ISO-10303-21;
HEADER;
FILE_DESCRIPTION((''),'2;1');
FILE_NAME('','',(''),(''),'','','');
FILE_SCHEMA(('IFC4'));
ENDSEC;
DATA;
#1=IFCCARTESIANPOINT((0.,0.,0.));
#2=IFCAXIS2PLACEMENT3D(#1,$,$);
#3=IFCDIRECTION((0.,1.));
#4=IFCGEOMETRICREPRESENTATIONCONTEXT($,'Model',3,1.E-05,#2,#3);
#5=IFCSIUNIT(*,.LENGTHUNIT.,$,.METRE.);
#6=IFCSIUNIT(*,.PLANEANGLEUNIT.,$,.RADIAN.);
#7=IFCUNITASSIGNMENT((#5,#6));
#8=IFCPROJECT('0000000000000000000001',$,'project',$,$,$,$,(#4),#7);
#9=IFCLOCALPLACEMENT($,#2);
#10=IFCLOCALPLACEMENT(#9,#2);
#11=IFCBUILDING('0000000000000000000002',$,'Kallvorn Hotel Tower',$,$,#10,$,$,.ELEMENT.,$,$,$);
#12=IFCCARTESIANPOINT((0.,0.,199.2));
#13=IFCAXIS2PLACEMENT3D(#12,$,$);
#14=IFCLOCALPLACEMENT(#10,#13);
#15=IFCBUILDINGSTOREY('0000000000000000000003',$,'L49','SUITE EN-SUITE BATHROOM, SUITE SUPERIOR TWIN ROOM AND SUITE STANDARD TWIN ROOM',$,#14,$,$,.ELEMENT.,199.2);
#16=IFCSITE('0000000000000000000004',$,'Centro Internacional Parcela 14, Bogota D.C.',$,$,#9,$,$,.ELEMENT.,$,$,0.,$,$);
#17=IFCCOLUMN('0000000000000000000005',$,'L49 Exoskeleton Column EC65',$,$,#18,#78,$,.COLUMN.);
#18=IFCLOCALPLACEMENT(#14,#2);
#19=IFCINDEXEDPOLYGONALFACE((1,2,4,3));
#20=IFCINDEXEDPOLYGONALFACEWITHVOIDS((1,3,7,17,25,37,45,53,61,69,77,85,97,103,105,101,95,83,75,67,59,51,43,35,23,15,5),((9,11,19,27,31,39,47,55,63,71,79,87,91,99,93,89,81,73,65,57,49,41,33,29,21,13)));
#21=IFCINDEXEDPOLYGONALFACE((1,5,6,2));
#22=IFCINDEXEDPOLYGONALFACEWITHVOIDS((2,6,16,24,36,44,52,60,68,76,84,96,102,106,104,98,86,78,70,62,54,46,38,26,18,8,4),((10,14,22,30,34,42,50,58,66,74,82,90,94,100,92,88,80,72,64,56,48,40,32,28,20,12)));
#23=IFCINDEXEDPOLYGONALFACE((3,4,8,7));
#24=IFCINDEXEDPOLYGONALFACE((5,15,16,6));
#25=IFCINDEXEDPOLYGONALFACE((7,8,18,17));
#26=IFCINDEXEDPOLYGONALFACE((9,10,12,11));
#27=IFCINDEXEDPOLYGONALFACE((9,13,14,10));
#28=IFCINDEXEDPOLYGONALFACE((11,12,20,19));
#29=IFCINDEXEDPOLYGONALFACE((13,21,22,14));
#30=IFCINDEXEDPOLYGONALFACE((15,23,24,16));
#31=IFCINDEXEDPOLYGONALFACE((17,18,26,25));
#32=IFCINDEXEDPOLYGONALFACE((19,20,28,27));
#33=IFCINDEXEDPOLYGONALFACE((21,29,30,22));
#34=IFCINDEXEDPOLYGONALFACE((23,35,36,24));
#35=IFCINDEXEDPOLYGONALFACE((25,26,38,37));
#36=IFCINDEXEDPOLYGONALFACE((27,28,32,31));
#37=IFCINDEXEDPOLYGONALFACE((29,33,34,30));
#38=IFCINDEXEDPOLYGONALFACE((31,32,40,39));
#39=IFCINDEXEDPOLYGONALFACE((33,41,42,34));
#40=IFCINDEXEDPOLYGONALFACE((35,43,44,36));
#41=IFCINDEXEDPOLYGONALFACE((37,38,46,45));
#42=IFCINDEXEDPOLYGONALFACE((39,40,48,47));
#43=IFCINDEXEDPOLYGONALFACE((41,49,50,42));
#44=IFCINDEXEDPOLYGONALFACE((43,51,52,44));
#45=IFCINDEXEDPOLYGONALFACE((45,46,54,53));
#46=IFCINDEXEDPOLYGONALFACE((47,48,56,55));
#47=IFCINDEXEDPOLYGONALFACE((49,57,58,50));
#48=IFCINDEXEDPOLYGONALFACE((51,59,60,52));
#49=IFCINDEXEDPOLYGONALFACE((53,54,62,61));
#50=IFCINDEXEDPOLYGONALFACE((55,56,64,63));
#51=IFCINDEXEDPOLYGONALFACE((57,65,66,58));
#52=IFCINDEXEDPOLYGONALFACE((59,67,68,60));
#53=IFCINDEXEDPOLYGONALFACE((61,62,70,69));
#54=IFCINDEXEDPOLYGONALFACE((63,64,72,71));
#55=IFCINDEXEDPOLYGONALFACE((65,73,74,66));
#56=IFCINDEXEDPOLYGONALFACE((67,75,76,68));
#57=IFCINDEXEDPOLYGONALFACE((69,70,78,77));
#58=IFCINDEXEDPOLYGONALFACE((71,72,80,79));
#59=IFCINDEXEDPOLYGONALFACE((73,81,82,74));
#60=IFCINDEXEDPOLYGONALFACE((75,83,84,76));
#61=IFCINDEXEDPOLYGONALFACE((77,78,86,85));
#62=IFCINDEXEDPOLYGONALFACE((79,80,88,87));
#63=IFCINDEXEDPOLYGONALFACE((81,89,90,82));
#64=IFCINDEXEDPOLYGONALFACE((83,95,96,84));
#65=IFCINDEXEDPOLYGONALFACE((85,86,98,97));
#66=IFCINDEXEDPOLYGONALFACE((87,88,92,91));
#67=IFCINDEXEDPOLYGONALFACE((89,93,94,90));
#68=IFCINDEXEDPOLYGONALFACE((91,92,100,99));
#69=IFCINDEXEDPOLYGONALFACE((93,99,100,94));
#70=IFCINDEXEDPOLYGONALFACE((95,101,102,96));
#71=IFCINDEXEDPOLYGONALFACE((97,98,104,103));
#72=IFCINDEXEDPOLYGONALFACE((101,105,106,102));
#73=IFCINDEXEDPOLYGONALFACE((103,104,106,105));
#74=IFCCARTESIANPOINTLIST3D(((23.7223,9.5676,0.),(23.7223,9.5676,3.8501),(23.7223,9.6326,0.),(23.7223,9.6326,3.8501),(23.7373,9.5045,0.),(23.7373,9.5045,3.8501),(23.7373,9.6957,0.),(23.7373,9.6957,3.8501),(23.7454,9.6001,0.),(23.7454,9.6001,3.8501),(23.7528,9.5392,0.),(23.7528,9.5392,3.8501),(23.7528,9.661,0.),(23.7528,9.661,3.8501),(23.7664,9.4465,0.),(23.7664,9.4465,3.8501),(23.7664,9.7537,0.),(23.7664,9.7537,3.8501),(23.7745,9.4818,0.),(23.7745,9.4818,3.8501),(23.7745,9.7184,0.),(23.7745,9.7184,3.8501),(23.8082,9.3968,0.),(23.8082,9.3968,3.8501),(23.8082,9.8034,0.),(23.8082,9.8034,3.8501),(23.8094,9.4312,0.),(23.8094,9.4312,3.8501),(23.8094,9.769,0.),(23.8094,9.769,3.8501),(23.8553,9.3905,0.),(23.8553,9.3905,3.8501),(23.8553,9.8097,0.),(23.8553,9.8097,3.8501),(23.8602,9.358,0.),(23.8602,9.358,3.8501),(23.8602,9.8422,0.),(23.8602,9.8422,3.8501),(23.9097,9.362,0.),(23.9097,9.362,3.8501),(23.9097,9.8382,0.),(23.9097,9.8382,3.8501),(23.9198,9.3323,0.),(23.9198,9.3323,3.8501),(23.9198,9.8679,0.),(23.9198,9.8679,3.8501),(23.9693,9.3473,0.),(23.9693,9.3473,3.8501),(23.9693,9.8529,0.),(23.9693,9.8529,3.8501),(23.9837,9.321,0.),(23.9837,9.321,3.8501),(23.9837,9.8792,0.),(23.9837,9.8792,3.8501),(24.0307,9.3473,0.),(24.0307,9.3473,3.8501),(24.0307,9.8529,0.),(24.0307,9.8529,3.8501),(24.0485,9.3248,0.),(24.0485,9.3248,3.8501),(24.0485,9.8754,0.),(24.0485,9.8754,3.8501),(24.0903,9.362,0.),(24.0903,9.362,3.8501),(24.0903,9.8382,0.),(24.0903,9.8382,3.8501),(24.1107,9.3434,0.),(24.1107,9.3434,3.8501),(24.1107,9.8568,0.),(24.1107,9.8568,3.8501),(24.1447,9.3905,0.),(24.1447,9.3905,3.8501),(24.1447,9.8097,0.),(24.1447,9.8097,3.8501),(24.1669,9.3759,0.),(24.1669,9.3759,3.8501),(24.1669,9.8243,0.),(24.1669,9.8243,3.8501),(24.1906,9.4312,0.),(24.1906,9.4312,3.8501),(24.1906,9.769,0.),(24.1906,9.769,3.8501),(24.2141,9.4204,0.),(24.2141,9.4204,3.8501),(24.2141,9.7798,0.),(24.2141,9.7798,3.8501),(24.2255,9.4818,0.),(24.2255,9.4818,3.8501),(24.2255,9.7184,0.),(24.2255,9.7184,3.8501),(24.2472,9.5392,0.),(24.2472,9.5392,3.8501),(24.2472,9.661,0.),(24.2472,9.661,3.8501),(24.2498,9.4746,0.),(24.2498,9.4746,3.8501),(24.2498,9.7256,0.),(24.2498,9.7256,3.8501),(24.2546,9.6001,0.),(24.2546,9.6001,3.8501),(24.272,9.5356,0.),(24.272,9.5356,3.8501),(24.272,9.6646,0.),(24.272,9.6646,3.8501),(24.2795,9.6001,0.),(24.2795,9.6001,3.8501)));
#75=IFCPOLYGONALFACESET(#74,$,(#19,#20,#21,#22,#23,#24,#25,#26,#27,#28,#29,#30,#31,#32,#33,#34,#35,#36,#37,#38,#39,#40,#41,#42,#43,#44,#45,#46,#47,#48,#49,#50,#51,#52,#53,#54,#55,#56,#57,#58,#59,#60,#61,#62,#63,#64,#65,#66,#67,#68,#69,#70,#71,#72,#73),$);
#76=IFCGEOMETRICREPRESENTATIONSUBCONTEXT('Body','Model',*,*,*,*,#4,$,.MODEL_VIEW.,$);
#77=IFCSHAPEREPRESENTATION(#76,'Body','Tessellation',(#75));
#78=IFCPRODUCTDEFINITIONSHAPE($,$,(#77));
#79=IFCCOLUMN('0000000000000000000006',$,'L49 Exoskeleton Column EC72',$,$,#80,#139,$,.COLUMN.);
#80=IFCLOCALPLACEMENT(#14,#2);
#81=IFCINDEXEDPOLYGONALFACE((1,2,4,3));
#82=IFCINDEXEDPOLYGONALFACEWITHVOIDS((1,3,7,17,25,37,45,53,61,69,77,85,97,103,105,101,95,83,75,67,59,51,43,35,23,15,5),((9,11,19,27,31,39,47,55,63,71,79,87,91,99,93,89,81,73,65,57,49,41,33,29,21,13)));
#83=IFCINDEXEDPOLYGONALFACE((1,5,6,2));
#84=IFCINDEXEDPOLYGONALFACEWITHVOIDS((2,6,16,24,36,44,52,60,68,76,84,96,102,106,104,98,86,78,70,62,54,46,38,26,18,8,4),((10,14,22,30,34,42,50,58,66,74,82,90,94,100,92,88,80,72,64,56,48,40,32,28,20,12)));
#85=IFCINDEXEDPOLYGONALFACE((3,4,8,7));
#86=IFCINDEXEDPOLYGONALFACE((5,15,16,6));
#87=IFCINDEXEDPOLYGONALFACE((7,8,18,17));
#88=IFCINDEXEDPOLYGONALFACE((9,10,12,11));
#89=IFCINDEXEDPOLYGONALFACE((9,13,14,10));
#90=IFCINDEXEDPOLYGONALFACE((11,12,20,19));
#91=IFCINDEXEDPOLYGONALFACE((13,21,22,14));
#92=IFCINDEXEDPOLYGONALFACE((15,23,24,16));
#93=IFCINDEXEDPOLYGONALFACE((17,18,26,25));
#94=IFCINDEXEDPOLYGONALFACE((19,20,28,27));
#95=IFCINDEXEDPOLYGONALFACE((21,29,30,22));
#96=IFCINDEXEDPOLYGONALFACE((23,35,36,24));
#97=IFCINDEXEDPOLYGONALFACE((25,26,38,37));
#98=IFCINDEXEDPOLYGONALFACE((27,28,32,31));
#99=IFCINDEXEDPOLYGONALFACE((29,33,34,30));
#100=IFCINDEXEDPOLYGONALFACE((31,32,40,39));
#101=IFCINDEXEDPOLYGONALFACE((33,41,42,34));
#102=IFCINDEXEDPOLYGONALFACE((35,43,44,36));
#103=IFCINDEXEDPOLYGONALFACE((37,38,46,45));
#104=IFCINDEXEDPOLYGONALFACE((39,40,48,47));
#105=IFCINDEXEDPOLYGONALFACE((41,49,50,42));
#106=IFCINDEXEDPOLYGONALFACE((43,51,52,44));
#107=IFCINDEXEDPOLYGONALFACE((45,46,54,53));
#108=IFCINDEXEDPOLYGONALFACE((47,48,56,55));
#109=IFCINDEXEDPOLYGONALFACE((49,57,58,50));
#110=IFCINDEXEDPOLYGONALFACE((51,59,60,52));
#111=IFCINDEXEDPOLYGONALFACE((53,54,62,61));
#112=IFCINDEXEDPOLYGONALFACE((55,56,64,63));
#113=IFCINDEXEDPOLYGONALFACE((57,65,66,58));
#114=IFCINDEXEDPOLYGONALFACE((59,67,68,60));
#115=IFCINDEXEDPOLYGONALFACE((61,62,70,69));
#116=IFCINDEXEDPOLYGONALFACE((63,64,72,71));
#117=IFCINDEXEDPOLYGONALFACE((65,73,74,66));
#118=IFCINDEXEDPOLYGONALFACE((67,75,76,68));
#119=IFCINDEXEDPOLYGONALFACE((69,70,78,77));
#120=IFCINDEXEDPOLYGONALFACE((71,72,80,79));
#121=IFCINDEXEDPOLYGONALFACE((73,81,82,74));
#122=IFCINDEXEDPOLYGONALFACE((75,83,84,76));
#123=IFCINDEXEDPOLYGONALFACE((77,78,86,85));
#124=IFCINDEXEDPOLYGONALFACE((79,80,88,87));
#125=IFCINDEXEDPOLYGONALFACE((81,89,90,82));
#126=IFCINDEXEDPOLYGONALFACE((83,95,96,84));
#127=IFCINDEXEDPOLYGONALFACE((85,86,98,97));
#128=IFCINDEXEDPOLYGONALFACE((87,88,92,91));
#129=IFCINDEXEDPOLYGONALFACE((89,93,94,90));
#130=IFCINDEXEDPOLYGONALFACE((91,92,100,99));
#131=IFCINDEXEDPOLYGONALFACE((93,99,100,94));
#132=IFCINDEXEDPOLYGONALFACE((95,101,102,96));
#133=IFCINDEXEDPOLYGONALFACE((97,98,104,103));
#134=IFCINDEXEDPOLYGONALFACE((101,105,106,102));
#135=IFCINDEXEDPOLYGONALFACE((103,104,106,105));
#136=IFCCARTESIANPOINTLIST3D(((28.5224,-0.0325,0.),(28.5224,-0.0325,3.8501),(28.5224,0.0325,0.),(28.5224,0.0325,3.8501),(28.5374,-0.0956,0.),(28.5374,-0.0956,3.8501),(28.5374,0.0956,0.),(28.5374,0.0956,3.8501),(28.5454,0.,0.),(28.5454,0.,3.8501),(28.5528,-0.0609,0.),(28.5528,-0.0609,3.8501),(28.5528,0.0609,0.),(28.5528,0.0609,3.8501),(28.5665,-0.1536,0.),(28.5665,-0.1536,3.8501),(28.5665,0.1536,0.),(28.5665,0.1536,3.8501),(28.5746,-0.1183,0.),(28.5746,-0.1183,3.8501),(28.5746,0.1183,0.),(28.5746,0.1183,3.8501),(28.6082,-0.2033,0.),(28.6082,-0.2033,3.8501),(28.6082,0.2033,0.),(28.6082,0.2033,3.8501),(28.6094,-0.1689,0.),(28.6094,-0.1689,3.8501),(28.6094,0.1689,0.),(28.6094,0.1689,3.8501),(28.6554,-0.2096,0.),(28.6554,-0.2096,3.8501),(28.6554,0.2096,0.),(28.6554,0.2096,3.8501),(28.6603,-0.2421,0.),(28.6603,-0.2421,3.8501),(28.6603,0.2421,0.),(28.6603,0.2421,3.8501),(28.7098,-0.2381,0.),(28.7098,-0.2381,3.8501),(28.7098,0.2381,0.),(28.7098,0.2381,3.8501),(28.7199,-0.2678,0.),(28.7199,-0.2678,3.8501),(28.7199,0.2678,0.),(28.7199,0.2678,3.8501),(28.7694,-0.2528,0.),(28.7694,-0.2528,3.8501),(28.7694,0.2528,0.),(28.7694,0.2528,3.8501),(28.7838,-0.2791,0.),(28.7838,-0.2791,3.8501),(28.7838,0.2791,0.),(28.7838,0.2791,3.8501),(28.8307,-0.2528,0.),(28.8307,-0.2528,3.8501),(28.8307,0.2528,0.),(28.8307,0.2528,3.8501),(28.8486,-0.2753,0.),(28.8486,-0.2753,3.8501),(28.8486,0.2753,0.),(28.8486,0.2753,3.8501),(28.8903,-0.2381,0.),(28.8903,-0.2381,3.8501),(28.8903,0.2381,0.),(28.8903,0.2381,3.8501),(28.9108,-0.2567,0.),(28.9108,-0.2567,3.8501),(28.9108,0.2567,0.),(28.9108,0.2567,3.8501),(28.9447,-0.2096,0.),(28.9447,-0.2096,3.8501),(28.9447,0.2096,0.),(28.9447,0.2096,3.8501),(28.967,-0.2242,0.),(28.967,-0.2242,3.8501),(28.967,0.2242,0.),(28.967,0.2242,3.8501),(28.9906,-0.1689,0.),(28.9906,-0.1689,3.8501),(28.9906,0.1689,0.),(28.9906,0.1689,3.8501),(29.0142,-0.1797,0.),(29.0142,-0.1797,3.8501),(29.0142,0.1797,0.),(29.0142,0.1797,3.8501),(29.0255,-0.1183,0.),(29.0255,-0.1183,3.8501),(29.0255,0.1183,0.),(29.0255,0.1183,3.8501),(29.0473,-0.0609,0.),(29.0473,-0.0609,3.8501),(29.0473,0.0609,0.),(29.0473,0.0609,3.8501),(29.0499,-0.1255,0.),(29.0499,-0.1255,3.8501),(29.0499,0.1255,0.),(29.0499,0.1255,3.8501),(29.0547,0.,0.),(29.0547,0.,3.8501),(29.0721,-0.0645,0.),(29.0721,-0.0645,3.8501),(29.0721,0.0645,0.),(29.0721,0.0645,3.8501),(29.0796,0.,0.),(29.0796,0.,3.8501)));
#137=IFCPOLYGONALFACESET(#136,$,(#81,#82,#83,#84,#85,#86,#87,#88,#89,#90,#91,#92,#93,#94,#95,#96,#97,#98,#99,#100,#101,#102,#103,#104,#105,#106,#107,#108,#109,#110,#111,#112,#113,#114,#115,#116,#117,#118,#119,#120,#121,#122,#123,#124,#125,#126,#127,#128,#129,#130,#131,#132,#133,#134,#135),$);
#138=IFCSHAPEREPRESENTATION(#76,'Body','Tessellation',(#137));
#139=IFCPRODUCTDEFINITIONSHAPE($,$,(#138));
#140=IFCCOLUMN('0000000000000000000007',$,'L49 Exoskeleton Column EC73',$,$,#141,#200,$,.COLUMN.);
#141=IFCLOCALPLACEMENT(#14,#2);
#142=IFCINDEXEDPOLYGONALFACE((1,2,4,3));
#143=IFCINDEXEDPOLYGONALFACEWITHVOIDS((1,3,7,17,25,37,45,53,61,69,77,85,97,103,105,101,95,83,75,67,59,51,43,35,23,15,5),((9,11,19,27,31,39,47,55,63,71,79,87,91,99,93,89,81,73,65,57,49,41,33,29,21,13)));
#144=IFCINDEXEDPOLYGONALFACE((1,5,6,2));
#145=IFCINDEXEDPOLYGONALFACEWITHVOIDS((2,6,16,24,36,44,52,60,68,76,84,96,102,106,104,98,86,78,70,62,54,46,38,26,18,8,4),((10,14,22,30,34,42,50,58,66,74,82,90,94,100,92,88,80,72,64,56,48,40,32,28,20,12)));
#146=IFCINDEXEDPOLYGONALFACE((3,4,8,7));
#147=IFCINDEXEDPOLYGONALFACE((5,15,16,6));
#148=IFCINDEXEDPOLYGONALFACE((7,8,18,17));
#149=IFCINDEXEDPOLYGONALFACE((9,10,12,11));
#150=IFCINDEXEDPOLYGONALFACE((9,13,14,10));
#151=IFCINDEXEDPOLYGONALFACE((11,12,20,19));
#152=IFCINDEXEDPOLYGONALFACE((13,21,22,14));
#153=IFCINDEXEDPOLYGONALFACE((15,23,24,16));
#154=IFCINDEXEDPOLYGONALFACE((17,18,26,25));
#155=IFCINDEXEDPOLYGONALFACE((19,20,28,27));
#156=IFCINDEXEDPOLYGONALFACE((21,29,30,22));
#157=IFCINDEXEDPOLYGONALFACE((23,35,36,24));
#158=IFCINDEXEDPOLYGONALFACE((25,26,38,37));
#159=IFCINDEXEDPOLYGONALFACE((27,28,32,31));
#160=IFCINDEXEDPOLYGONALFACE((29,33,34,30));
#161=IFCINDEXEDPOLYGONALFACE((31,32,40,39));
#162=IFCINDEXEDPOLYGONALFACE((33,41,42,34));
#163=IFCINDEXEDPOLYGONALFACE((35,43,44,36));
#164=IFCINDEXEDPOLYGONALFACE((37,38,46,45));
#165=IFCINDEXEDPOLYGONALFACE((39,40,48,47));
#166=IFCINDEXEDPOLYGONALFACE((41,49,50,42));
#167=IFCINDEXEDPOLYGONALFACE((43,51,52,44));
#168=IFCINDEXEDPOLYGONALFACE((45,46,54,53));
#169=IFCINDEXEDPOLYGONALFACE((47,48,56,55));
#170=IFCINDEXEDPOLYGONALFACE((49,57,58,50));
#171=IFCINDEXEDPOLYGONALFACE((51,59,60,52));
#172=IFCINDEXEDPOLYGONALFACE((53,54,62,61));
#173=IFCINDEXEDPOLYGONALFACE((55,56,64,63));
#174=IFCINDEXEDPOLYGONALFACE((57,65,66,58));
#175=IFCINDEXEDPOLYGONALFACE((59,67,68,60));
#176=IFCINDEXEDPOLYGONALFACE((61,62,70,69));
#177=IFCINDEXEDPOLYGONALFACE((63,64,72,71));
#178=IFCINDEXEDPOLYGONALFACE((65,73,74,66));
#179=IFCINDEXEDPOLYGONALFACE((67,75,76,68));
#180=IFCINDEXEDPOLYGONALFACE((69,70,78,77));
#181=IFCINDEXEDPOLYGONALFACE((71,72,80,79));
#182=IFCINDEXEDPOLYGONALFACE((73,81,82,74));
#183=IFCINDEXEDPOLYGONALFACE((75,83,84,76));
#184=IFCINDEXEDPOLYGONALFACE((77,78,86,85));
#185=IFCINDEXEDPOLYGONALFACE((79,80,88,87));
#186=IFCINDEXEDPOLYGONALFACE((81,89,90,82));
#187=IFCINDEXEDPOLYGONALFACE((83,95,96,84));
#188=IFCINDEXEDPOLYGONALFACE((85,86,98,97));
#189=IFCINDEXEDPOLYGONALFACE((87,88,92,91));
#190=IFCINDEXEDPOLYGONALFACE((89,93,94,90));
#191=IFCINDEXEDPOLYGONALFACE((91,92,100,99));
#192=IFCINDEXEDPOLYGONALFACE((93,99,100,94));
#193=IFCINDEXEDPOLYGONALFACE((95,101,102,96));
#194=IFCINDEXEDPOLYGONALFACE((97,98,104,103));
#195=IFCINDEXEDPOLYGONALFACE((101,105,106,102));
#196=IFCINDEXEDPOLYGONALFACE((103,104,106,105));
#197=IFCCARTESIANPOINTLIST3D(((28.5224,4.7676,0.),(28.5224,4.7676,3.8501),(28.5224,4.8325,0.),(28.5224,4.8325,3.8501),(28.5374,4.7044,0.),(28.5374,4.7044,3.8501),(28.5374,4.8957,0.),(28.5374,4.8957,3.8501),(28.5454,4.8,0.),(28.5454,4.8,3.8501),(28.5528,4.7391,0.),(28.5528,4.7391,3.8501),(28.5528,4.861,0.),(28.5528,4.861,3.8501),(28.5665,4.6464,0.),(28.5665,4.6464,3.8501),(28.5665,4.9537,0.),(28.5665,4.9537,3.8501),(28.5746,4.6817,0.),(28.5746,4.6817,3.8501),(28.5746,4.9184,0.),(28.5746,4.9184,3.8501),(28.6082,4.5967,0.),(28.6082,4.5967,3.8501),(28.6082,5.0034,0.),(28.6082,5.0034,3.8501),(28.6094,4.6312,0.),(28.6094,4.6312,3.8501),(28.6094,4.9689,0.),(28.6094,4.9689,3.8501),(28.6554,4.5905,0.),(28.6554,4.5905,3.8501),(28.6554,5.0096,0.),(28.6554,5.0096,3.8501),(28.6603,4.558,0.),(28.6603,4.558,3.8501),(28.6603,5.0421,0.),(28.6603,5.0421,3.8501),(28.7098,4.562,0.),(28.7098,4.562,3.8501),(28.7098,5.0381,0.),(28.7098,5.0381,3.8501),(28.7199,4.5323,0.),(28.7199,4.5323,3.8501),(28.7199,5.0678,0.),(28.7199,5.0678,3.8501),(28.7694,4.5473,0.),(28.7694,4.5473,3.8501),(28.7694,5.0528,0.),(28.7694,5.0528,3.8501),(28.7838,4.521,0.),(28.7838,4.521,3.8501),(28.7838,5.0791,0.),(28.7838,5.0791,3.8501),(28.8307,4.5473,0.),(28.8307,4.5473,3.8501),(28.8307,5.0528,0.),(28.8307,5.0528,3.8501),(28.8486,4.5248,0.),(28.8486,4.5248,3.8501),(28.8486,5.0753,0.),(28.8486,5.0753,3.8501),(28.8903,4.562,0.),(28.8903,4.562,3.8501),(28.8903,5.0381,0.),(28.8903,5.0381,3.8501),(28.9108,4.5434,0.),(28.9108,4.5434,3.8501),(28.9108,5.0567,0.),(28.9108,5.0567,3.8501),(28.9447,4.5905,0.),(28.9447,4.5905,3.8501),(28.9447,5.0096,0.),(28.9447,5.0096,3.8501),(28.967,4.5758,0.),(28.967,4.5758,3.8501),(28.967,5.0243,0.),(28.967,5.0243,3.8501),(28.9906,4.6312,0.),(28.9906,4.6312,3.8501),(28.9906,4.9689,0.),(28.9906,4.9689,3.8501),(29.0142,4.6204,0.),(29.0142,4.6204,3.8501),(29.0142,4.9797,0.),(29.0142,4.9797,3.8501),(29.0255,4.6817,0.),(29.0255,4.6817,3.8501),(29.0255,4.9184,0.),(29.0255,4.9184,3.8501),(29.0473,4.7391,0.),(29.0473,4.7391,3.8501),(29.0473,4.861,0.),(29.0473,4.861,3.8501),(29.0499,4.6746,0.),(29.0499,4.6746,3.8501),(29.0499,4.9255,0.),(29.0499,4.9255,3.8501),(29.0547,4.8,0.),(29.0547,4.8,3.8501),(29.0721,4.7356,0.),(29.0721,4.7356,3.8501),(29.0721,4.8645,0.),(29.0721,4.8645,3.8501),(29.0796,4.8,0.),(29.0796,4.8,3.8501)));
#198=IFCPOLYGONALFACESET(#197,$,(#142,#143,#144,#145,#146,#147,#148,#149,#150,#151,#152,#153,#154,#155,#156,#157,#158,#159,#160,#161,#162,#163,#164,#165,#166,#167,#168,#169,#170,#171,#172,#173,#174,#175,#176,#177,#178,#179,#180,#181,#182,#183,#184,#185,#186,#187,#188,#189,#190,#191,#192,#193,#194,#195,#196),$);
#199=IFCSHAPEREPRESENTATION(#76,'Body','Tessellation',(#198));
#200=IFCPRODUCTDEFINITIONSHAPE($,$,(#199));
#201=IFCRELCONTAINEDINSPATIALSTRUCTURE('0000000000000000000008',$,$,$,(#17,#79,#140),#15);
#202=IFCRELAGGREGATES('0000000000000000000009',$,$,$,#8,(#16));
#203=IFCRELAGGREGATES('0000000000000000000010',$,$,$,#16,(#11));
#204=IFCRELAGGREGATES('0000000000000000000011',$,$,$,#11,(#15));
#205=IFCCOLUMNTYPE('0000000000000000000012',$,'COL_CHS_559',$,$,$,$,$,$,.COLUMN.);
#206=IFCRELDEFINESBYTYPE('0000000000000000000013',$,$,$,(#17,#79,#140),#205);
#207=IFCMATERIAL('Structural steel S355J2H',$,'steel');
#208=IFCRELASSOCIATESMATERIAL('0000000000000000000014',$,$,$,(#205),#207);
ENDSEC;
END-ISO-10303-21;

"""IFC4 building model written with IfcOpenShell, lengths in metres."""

from ifc_helpers import new_model, si_unit, direction, frame, origin, origin_2d, place, context, subcontext, project, spatial, hollow_circle, extrude, material, material_profile, profile_set, type_object, element, save


model = new_model("IFC4")

# Units and contexts
model_context = context("Model", 3, precision=1e-05, world=origin(), true_north=direction((0.0, 1.0)))
body_context = subcontext(model_context, "Body", "Model", "MODEL_VIEW")
ifc_project = project(units=[si_unit("LENGTHUNIT", "METRE"), si_unit("PLANEANGLEUNIT", "RADIAN")], contexts=[model_context])

# Site, building, storey
site_placement = place(None, origin())
site = spatial("IfcSite", under=ifc_project, at=site_placement, Name="Centro Internacional Parcela 14, Bogota D.C.", CompositionType="ELEMENT", RefElevation=0.0)
building_placement = place(site_placement, origin())
building = spatial("IfcBuilding", under=site, at=building_placement, Name="Kallvorn Hotel Tower", CompositionType="ELEMENT")
storey_placement = place(building_placement, frame((0.0, 0.0, 199.2)))
storey = spatial("IfcBuildingStorey", under=building, at=storey_placement, Name="L49", Description="SUITE EN-SUITE BATHROOM, SUITE SUPERIOR TWIN ROOM AND SUITE STANDARD TWIN ROOM", CompositionType="ELEMENT", Elevation=199.2)

# Columns
ifc_material_1 = material(Name="Structural steel S355J2H", Category="steel")
ifc_material_profile_1 = material_profile(ifc_material_1, hollow_circle(Radius=0.2795, WallThickness=0.0249, at=origin_2d()), Name="CHS 559x25")
ifc_profile_set_1 = profile_set([ifc_material_profile_1], Name="Structural steel S355J2H")
column_type_1 = type_object("IfcColumnType", Name="COL_CHS_559", PredefinedType="COLUMN", material=ifc_profile_set_1)
for number, where, z_axis, x_axis, name in (
    (1, (24.0, 9.6001, 0.0), (0.0, 0.0, 1.0), (1.0, 0.0, 0.0), "L49 Exoskeleton Column EC65"),
    (2, (28.8, 0.0, 0.0), (0.0, 0.0, 1.0), (1.0, 0.0, 0.0), "L49 Exoskeleton Column EC72"),
    (3, (28.8, 4.8, 0.0), (0.0, 0.0, 1.0), (1.0, 0.0, 0.0), "L49 Exoskeleton Column EC73"),
):
    element("IfcColumn", number, at=place(storey_placement, frame(where, z_axis=z_axis, x_axis=x_axis)), inside=storey, type_object=column_type_1, Name=name, PredefinedType="COLUMN", context=body_context, shape_type="SweptSolid", body=[
        extrude(hollow_circle(Radius=0.2795, WallThickness=0.0249, at=origin_2d()), origin(), (0.0, 0.0, 1.0), 3.8501),
    ])

save(model, "model.ifc")
